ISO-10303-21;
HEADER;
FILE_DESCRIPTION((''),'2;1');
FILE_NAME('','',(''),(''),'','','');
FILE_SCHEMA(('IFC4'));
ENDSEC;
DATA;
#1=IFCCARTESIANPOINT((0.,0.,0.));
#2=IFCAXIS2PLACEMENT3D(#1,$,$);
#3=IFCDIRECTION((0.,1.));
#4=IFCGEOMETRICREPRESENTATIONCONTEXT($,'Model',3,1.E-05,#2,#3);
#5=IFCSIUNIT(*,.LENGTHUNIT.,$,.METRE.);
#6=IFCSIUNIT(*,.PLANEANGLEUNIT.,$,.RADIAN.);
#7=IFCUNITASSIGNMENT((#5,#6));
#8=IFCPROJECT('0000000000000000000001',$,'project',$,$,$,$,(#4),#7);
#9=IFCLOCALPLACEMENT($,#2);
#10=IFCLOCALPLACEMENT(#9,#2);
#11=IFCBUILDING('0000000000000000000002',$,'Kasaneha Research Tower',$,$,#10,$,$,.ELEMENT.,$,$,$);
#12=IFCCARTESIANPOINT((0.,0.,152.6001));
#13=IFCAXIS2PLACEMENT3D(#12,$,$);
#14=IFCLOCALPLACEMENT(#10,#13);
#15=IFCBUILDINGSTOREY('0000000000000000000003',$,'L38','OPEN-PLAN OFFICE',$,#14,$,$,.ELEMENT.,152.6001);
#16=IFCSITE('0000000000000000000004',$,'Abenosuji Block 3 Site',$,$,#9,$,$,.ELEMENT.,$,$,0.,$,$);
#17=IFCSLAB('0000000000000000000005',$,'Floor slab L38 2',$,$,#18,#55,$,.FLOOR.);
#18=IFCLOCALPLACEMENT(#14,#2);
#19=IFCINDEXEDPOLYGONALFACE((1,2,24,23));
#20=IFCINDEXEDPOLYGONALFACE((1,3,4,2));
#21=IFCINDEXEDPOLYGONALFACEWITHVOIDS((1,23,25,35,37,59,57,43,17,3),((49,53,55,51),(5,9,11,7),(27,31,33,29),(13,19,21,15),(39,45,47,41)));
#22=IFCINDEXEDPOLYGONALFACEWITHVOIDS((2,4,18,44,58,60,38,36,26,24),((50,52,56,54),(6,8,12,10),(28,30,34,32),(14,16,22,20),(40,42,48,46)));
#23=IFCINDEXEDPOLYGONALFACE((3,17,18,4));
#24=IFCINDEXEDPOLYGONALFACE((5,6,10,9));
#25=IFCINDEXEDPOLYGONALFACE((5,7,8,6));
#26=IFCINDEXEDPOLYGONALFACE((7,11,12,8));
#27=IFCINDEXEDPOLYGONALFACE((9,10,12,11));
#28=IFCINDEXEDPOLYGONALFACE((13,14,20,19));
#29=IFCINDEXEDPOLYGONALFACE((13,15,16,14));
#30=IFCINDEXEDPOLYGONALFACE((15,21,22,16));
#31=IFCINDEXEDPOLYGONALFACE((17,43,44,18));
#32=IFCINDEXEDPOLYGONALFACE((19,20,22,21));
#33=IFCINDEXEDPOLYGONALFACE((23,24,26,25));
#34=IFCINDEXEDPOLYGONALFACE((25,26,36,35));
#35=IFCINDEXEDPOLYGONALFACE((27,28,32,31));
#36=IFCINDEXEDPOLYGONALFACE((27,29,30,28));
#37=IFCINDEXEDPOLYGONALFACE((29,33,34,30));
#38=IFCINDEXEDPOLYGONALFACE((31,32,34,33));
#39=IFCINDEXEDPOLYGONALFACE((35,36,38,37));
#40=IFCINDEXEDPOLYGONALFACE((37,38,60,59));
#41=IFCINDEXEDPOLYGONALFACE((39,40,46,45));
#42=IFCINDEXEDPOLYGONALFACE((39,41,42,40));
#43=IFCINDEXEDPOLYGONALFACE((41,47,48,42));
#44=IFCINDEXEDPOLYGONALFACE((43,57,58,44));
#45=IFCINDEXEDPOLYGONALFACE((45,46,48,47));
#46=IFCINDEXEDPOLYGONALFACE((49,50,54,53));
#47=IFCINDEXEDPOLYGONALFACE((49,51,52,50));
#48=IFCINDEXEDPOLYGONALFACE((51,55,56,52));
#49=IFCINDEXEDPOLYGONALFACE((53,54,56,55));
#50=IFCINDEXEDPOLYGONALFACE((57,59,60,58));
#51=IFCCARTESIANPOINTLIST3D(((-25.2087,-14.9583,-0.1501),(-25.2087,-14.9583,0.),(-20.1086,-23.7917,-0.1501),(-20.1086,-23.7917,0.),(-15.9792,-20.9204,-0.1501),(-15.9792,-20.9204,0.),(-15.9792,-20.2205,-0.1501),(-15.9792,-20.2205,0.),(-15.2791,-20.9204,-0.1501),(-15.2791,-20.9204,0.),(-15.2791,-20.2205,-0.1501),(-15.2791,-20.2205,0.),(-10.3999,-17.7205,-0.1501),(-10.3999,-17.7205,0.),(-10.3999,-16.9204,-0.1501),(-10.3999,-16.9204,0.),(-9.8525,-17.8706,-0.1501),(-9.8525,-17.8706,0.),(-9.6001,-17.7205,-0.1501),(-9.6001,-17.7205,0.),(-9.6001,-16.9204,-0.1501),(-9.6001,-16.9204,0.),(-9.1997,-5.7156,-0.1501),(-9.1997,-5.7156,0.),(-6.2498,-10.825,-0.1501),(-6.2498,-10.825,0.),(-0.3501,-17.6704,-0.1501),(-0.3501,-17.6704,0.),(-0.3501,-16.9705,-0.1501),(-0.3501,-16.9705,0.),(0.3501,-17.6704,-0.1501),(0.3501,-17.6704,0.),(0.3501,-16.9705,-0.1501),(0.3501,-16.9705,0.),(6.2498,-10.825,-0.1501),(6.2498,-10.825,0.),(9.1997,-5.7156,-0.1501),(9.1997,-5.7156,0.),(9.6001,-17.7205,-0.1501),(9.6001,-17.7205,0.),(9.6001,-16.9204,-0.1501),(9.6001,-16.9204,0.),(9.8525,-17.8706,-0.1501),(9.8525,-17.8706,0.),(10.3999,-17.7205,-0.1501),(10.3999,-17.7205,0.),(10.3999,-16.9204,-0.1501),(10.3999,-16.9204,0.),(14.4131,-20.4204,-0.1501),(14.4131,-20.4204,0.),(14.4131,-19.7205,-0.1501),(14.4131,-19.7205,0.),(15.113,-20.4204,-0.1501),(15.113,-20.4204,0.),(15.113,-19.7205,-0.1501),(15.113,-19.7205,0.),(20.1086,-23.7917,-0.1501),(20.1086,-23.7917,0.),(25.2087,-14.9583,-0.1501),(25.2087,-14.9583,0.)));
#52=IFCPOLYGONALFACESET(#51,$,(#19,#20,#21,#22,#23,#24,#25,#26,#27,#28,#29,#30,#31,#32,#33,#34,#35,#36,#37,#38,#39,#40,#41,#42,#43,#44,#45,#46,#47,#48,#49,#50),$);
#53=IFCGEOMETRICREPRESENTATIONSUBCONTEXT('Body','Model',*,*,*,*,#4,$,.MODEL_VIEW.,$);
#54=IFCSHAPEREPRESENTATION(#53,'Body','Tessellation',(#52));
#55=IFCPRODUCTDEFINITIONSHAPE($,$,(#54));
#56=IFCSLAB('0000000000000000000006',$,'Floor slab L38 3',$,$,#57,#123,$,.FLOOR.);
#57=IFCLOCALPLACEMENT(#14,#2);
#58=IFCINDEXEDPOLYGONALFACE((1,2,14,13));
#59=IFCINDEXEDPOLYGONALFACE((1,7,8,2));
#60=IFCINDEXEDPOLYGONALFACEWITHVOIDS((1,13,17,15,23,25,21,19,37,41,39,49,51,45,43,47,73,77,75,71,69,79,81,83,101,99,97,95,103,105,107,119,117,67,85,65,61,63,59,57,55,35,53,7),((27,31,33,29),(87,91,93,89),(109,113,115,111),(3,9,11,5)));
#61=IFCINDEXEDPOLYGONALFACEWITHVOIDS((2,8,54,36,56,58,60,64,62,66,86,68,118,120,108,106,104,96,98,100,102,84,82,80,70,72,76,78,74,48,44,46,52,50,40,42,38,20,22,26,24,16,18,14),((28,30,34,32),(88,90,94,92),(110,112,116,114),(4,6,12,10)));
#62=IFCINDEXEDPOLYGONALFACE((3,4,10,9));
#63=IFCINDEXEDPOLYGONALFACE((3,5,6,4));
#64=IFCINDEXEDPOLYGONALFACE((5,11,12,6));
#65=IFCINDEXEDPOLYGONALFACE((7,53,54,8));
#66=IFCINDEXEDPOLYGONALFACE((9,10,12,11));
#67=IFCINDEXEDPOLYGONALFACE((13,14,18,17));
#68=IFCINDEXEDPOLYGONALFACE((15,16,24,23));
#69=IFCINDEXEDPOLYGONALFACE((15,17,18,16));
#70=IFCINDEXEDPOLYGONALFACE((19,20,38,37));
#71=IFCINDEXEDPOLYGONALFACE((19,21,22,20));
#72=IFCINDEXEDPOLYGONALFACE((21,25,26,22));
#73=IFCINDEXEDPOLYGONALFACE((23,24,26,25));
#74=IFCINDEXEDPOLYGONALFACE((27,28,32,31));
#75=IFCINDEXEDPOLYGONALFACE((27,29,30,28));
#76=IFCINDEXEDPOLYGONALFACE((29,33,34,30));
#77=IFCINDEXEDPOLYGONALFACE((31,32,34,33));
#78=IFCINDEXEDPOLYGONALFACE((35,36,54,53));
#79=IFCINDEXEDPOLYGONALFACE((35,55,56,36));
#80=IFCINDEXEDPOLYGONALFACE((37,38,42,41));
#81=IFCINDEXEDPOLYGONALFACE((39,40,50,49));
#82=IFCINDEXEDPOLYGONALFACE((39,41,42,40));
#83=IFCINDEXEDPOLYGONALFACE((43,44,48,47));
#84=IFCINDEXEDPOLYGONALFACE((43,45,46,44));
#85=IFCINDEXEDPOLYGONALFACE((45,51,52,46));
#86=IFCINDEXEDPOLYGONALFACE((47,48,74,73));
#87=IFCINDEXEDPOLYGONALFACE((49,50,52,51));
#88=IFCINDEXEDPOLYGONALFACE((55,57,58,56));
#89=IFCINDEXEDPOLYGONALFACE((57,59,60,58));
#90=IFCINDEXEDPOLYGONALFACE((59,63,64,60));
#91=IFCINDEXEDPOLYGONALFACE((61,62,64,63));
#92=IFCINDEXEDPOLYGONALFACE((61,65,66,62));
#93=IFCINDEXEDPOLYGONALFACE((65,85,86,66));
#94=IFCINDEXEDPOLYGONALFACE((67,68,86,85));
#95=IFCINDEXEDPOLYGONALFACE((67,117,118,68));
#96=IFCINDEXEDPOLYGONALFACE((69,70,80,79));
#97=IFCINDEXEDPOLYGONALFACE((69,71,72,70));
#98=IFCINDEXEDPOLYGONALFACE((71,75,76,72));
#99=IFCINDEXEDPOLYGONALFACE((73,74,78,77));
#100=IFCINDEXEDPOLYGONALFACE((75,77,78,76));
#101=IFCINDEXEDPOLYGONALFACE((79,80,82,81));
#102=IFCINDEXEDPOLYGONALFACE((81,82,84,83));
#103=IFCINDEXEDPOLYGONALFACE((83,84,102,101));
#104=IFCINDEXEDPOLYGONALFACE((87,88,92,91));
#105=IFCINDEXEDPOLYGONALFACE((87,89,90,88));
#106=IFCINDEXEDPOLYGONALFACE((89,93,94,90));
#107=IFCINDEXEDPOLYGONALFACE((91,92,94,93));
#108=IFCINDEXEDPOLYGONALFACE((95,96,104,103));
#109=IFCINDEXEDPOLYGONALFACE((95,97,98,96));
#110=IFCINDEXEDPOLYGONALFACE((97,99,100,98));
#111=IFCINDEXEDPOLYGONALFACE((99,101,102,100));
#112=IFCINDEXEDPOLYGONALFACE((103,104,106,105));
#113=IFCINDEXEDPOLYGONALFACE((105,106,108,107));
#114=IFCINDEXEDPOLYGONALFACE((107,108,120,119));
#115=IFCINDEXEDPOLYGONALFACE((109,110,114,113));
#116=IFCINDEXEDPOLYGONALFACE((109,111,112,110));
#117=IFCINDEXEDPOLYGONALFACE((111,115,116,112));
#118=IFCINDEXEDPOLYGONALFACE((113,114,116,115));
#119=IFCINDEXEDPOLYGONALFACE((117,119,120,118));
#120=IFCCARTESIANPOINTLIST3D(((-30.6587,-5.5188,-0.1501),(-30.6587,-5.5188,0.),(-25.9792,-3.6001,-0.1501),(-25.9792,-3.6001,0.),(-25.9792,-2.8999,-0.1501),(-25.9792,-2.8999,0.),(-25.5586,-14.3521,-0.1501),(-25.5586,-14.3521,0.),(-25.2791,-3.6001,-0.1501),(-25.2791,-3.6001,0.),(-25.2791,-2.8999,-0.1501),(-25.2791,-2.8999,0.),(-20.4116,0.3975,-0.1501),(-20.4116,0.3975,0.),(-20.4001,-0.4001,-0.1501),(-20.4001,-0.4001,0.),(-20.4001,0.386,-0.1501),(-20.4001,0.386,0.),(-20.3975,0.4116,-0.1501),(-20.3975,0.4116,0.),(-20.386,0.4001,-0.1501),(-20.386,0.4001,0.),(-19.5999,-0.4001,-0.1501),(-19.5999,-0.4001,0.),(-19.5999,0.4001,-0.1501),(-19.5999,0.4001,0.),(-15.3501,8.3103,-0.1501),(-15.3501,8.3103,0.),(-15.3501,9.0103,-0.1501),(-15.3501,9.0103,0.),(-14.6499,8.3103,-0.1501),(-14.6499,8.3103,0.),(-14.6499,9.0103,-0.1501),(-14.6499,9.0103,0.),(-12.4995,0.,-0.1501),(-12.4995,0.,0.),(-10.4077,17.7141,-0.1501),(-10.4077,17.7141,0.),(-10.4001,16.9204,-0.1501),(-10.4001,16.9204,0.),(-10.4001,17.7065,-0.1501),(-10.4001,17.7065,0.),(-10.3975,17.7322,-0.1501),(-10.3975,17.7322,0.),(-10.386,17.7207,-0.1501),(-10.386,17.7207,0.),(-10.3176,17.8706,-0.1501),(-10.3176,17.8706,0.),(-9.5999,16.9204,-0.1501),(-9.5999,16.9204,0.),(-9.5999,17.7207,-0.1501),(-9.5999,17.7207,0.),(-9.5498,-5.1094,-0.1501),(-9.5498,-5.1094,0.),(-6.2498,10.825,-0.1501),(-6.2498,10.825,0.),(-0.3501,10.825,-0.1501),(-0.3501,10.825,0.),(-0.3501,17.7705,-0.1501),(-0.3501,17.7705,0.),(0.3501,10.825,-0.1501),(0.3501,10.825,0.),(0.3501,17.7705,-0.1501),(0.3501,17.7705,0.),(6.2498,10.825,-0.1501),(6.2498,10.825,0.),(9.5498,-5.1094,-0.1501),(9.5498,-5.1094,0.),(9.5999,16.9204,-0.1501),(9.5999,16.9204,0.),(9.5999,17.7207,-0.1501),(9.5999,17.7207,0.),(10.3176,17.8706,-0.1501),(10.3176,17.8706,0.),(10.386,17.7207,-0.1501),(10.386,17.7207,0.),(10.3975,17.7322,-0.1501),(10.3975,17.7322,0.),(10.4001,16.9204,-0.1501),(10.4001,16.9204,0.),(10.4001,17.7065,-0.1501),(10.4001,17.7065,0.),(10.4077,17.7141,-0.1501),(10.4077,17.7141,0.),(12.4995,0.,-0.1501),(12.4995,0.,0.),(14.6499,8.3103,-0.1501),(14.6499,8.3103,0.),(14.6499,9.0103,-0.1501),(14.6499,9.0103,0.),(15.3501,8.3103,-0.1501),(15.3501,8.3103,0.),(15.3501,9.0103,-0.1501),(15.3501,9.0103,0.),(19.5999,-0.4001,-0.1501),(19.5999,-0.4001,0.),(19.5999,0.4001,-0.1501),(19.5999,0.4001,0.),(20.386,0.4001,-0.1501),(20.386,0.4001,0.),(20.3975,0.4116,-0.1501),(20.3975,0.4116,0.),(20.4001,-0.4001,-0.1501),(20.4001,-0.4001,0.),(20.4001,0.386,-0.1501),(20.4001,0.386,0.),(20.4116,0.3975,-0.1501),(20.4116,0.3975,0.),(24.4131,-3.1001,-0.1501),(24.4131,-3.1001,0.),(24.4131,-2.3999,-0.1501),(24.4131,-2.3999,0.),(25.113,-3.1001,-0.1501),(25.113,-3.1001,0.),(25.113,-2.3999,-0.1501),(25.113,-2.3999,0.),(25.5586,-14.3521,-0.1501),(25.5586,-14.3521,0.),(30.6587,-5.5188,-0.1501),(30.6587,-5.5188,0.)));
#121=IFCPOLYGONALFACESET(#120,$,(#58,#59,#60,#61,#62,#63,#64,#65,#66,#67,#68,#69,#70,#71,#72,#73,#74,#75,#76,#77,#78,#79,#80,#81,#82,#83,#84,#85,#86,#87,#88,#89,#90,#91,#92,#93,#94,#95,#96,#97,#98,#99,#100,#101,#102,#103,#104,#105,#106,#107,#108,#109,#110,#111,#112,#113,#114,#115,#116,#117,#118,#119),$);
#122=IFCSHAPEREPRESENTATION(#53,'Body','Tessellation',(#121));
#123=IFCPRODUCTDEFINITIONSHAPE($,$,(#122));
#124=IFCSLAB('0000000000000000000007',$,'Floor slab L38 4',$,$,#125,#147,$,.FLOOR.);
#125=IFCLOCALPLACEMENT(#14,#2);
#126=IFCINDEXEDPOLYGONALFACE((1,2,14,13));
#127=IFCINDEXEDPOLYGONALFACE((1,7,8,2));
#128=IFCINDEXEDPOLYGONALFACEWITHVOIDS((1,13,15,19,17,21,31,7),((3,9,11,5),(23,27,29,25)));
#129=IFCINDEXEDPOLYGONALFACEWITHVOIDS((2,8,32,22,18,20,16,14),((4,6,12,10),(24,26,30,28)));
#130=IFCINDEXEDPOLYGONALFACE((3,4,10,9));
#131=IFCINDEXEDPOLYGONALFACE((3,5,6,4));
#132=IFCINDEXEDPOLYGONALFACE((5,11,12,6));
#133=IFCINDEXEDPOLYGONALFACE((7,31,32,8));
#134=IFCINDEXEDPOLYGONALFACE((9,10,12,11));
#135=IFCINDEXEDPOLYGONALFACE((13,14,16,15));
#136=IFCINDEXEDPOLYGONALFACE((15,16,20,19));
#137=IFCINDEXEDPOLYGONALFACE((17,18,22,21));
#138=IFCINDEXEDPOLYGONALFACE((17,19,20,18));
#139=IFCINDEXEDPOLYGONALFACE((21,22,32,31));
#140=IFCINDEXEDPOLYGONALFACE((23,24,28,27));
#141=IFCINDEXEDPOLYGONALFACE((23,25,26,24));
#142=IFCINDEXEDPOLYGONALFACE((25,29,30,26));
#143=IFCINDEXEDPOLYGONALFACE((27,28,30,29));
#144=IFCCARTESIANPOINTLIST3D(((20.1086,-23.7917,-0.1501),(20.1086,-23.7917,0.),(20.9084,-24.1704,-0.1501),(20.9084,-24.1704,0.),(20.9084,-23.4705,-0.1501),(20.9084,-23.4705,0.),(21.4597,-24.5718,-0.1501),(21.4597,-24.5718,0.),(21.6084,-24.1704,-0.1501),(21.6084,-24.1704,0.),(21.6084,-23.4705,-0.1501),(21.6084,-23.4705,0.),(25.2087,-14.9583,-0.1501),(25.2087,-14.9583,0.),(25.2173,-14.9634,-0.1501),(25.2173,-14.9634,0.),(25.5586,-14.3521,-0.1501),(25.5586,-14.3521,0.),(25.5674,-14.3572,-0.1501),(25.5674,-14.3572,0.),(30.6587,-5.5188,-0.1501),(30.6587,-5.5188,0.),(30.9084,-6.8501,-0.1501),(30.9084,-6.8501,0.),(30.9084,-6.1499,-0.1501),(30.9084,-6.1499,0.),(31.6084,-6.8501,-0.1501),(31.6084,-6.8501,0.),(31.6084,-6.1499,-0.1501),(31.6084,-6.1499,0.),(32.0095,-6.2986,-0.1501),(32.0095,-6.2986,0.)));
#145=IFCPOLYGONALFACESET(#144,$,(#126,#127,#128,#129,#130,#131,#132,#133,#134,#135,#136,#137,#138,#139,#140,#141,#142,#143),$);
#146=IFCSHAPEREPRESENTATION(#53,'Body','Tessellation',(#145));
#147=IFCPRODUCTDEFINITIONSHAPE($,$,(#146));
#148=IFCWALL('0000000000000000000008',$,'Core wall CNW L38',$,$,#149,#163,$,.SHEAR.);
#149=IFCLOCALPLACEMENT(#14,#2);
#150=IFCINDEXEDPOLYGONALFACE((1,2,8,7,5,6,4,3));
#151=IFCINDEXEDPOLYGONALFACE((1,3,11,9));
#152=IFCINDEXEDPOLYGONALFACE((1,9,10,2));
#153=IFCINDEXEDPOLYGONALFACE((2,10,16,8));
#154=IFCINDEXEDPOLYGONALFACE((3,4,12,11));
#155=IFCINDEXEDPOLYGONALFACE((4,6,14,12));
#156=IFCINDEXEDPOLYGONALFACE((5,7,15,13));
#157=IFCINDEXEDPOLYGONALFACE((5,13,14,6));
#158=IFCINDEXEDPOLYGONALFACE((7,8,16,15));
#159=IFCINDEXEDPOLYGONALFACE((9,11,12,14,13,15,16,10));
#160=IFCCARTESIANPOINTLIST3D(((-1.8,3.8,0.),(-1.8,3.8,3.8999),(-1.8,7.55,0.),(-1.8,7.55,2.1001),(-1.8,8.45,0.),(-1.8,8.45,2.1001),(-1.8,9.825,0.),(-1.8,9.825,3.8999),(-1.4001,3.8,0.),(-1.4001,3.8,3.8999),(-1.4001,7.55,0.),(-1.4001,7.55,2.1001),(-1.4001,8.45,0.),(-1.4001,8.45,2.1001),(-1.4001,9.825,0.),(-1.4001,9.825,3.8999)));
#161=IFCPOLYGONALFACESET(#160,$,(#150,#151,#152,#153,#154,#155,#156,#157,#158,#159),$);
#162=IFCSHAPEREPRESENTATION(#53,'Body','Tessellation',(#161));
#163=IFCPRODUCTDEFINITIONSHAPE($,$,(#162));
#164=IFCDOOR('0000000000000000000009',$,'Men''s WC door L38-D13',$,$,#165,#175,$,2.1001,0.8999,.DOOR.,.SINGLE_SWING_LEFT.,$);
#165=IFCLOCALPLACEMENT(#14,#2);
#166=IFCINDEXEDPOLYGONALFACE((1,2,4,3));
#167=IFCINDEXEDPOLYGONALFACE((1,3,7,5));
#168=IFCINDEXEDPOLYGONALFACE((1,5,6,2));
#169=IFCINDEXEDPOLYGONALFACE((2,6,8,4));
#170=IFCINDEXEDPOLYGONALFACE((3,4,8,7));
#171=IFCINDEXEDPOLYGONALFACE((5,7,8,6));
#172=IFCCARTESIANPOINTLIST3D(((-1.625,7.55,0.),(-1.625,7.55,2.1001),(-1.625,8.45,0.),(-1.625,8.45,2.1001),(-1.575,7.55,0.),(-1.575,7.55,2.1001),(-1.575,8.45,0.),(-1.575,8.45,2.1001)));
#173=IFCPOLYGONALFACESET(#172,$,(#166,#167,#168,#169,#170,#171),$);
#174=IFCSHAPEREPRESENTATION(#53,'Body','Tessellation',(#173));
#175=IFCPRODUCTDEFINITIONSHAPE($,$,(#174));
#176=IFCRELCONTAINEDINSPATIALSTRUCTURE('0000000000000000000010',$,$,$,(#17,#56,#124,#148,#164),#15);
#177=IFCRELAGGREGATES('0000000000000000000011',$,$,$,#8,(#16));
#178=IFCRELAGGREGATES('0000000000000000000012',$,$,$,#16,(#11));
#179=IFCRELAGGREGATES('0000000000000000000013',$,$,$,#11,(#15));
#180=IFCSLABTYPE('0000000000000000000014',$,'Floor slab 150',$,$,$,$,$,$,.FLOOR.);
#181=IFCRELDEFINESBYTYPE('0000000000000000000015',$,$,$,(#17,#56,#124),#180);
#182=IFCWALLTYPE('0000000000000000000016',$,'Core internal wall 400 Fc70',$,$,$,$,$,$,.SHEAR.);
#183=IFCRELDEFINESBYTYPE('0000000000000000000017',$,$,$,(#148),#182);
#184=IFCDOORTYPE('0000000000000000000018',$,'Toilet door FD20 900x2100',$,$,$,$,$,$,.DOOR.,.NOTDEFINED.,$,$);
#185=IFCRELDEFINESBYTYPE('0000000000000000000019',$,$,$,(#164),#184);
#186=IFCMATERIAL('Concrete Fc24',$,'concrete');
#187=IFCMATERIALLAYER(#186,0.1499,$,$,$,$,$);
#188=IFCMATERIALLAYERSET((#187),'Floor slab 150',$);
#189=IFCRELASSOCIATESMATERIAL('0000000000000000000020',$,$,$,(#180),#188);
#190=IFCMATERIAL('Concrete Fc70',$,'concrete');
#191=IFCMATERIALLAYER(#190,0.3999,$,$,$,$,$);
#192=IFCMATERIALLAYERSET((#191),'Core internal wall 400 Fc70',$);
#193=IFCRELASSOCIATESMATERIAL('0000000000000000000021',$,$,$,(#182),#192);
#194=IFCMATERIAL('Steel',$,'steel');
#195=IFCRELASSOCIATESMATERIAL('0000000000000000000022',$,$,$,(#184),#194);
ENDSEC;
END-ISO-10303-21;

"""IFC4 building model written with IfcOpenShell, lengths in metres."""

from ifc_helpers import new_model, si_unit, direction, frame, frame_2d, origin, place, context, subcontext, project, spatial, polyline, rectangle, outline, extrude, material, layer, layer_set, type_object, element, fill, save


model = new_model("IFC4")

# Units and contexts
model_context = context("Model", 3, precision=1e-05, world=origin(), true_north=direction((0.0, 1.0)))
body_context = subcontext(model_context, "Body", "Model", "MODEL_VIEW")
ifc_project = project(units=[si_unit("LENGTHUNIT", "METRE"), si_unit("PLANEANGLEUNIT", "RADIAN")], contexts=[model_context])

# Site, building, storey
site_placement = place(None, origin())
site = spatial("IfcSite", under=ifc_project, at=site_placement, Name="Abenosuji Block 3 Site", CompositionType="ELEMENT", RefElevation=0.0)
building_placement = place(site_placement, origin())
building = spatial("IfcBuilding", under=site, at=building_placement, Name="Kasaneha Research Tower", CompositionType="ELEMENT")
storey_placement = place(building_placement, frame((0.0, 0.0, 152.6001)))
storey = spatial("IfcBuildingStorey", under=building, at=storey_placement, Name="L38", Description="OPEN-PLAN OFFICE", CompositionType="ELEMENT", Elevation=152.6001)

# Slabs
ifc_material_1 = material(Name="Concrete Fc24", Category="concrete")
ifc_layer_1 = layer(ifc_material_1, 0.1499)
ifc_layer_set_1 = layer_set([ifc_layer_1], Name="Floor slab 150")
slab_type_1 = type_object("IfcSlabType", Name="Floor slab 150", PredefinedType="FLOOR", material=ifc_layer_set_1)
slab_1_placement = place(storey_placement, frame((0.0, 0.0, -0.1501)))
element("IfcSlab", 1, at=slab_1_placement, inside=storey, type_object=slab_type_1, Name="Floor slab L38 2", PredefinedType="FLOOR", context=body_context, shape_type="SweptSolid", body=[
    extrude(outline(polyline([(9.8525, -17.8706), (-9.8525, -17.8706), (-20.1086, -23.7917), (-25.2087, -14.9583), (-9.1997, -5.7156), (-6.2498, -10.825), (6.2498, -10.825), (9.1997, -5.7156), (25.2087, -14.9583), (20.1086, -23.7917), (9.8525, -17.8706)]), holes=[polyline([(-15.2791, -20.9204), (-15.2791, -20.2205), (-15.9792, -20.2205), (-15.9792, -20.9204), (-15.2791, -20.9204)]), polyline([(0.3501, -17.6704), (0.3501, -16.9705), (-0.3501, -16.9705), (-0.3501, -17.6704), (0.3501, -17.6704)]), polyline([(-10.3999, -17.7205), (-9.6001, -17.7205), (-9.6001, -16.9204), (-10.3999, -16.9204), (-10.3999, -17.7205)]), polyline([(15.113, -20.4204), (15.113, -19.7205), (14.4131, -19.7205), (14.4131, -20.4204), (15.113, -20.4204)]), polyline([(9.6001, -17.7205), (10.3999, -17.7205), (10.3999, -16.9204), (9.6001, -16.9204), (9.6001, -17.7205)])]), origin(), (0.0, 0.0, 1.0), 0.1501),
])
slab_2_placement = place(storey_placement, frame((0.0, 0.0, -0.1501)))
element("IfcSlab", 2, at=slab_2_placement, inside=storey, type_object=slab_type_1, Name="Floor slab L38 3", PredefinedType="FLOOR", context=body_context, shape_type="SweptSolid", body=[
    extrude(outline(polyline([(-20.4001, -0.4001), (-19.5999, -0.4001), (-19.5999, 0.4001), (-20.386, 0.4001), (-20.3975, 0.4116), (-10.4077, 17.7141), (-10.4001, 17.7065), (-10.4001, 16.9204), (-9.5999, 16.9204), (-9.5999, 17.7207), (-10.386, 17.7207), (-10.3975, 17.7322), (-10.3176, 17.8706), (10.3176, 17.8706), (10.3975, 17.7322), (10.386, 17.7207), (9.5999, 17.7207), (9.5999, 16.9204), (10.4001, 16.9204), (10.4001, 17.7065), (10.4077, 17.7141), (20.3975, 0.4116), (20.386, 0.4001), (19.5999, 0.4001), (19.5999, -0.4001), (20.4001, -0.4001), (20.4001, 0.386), (20.4116, 0.3975), (30.6587, -5.5188), (25.5586, -14.3521), (9.5498, -5.1094), (12.4995, 0.0), (6.2498, 10.825), (0.3501, 10.825), (0.3501, 17.7705), (-0.3501, 17.7705), (-0.3501, 10.825), (-6.2498, 10.825), (-12.4995, 0.0), (-9.5498, -5.1094), (-25.5586, -14.3521), (-30.6587, -5.5188), (-20.4116, 0.3975), (-20.4001, 0.386), (-20.4001, -0.4001)]), holes=[polyline([(-25.2791, -3.6001), (-25.2791, -2.8999), (-25.9792, -2.8999), (-25.9792, -3.6001), (-25.2791, -3.6001)]), polyline([(-15.3501, 8.3103), (-14.6499, 8.3103), (-14.6499, 9.0103), (-15.3501, 9.0103), (-15.3501, 8.3103)]), polyline([(24.4131, -3.1001), (25.113, -3.1001), (25.113, -2.3999), (24.4131, -2.3999), (24.4131, -3.1001)]), polyline([(14.6499, 8.3103), (15.3501, 8.3103), (15.3501, 9.0103), (14.6499, 9.0103), (14.6499, 8.3103)])]), origin(), (0.0, 0.0, 1.0), 0.1501),
])
slab_3_placement = place(storey_placement, frame((0.0, 0.0, -0.1501)))
element("IfcSlab", 3, at=slab_3_placement, inside=storey, type_object=slab_type_1, Name="Floor slab L38 4", PredefinedType="FLOOR", context=body_context, shape_type="SweptSolid", body=[
    extrude(outline(polyline([(32.0095, -6.2986), (21.4597, -24.5718), (20.1086, -23.7917), (25.2087, -14.9583), (25.2173, -14.9634), (25.5674, -14.3572), (25.5586, -14.3521), (30.6587, -5.5188), (32.0095, -6.2986)]), holes=[polyline([(21.6084, -24.1704), (21.6084, -23.4705), (20.9084, -23.4705), (20.9084, -24.1704), (21.6084, -24.1704)]), polyline([(31.6084, -6.8501), (31.6084, -6.1499), (30.9084, -6.1499), (30.9084, -6.8501), (31.6084, -6.8501)])]), origin(), (0.0, 0.0, 1.0), 0.1501),
])

# Shared definitions
ifc_material_2 = material(Name="Concrete Fc70", Category="concrete")
ifc_layer_2 = layer(ifc_material_2, 0.3999)
ifc_layer_set_2 = layer_set([ifc_layer_2], Name="Core internal wall 400 Fc70")
wall_type_1 = type_object("IfcWallType", Name="Core internal wall 400 Fc70", PredefinedType="SHEAR", material=ifc_layer_set_2)

# Wall, opening, door
wall_1_placement = place(storey_placement, frame((-1.6001, 3.8, 0.0), z_axis=(0.0, 0.0, 1.0), x_axis=(0.0, 1.0, 0.0)))
wall_1 = element("IfcWall", 4, at=wall_1_placement, inside=storey, type_object=wall_type_1, Name="Core wall CNW L38", PredefinedType="SHEAR", context=body_context, shape_type="SweptSolid", body=[
    extrude(rectangle(XDim=6.0249, YDim=0.3999, at=frame_2d((3.0125, 0.0))), origin(), (0.0, 0.0, 1.0), 3.8999),
])
opening_1_placement = place(wall_1_placement, frame((3.75, 0.0, 0.0)))
opening_1 = element("IfcOpeningElement", 5, at=opening_1_placement, cuts=wall_1, PredefinedType="OPENING", context=body_context, shape_type="SweptSolid", body=[
    extrude(rectangle(XDim=0.8999, YDim=2.1001, at=frame_2d((0.45, 1.05))), frame((0.0, 0.21, 0.0), z_axis=(0.0, -1.0, 0.0), x_axis=(1.0, 0.0, 0.0)), (0.0, 0.0, 1.0), 0.4199),
])
ifc_material_3 = material(Name="Steel", Category="steel")
door_type_1 = type_object("IfcDoorType", Name="Toilet door FD20 900x2100", OperationType="NOTDEFINED", PredefinedType="DOOR", material=ifc_material_3)
door_1_placement = place(opening_1_placement, origin())
door_1 = element("IfcDoor", 6, at=door_1_placement, inside=storey, type_object=door_type_1, Name="Men's WC door L38-D13", OperationType="SINGLE_SWING_LEFT", OverallHeight=2.1001, OverallWidth=0.8999, PredefinedType="DOOR", context=body_context, shape_type="SweptSolid", body=[
    extrude(rectangle(XDim=0.8999, YDim=2.1001, at=frame_2d((0.45, 1.05))), frame((0.0, 0.0249, 0.0), z_axis=(0.0, -1.0, 0.0), x_axis=(1.0, 0.0, 0.0)), (0.0, 0.0, 1.0), 0.05),
])
fill(opening_1, door_1)

save(model, "model.ifc")
